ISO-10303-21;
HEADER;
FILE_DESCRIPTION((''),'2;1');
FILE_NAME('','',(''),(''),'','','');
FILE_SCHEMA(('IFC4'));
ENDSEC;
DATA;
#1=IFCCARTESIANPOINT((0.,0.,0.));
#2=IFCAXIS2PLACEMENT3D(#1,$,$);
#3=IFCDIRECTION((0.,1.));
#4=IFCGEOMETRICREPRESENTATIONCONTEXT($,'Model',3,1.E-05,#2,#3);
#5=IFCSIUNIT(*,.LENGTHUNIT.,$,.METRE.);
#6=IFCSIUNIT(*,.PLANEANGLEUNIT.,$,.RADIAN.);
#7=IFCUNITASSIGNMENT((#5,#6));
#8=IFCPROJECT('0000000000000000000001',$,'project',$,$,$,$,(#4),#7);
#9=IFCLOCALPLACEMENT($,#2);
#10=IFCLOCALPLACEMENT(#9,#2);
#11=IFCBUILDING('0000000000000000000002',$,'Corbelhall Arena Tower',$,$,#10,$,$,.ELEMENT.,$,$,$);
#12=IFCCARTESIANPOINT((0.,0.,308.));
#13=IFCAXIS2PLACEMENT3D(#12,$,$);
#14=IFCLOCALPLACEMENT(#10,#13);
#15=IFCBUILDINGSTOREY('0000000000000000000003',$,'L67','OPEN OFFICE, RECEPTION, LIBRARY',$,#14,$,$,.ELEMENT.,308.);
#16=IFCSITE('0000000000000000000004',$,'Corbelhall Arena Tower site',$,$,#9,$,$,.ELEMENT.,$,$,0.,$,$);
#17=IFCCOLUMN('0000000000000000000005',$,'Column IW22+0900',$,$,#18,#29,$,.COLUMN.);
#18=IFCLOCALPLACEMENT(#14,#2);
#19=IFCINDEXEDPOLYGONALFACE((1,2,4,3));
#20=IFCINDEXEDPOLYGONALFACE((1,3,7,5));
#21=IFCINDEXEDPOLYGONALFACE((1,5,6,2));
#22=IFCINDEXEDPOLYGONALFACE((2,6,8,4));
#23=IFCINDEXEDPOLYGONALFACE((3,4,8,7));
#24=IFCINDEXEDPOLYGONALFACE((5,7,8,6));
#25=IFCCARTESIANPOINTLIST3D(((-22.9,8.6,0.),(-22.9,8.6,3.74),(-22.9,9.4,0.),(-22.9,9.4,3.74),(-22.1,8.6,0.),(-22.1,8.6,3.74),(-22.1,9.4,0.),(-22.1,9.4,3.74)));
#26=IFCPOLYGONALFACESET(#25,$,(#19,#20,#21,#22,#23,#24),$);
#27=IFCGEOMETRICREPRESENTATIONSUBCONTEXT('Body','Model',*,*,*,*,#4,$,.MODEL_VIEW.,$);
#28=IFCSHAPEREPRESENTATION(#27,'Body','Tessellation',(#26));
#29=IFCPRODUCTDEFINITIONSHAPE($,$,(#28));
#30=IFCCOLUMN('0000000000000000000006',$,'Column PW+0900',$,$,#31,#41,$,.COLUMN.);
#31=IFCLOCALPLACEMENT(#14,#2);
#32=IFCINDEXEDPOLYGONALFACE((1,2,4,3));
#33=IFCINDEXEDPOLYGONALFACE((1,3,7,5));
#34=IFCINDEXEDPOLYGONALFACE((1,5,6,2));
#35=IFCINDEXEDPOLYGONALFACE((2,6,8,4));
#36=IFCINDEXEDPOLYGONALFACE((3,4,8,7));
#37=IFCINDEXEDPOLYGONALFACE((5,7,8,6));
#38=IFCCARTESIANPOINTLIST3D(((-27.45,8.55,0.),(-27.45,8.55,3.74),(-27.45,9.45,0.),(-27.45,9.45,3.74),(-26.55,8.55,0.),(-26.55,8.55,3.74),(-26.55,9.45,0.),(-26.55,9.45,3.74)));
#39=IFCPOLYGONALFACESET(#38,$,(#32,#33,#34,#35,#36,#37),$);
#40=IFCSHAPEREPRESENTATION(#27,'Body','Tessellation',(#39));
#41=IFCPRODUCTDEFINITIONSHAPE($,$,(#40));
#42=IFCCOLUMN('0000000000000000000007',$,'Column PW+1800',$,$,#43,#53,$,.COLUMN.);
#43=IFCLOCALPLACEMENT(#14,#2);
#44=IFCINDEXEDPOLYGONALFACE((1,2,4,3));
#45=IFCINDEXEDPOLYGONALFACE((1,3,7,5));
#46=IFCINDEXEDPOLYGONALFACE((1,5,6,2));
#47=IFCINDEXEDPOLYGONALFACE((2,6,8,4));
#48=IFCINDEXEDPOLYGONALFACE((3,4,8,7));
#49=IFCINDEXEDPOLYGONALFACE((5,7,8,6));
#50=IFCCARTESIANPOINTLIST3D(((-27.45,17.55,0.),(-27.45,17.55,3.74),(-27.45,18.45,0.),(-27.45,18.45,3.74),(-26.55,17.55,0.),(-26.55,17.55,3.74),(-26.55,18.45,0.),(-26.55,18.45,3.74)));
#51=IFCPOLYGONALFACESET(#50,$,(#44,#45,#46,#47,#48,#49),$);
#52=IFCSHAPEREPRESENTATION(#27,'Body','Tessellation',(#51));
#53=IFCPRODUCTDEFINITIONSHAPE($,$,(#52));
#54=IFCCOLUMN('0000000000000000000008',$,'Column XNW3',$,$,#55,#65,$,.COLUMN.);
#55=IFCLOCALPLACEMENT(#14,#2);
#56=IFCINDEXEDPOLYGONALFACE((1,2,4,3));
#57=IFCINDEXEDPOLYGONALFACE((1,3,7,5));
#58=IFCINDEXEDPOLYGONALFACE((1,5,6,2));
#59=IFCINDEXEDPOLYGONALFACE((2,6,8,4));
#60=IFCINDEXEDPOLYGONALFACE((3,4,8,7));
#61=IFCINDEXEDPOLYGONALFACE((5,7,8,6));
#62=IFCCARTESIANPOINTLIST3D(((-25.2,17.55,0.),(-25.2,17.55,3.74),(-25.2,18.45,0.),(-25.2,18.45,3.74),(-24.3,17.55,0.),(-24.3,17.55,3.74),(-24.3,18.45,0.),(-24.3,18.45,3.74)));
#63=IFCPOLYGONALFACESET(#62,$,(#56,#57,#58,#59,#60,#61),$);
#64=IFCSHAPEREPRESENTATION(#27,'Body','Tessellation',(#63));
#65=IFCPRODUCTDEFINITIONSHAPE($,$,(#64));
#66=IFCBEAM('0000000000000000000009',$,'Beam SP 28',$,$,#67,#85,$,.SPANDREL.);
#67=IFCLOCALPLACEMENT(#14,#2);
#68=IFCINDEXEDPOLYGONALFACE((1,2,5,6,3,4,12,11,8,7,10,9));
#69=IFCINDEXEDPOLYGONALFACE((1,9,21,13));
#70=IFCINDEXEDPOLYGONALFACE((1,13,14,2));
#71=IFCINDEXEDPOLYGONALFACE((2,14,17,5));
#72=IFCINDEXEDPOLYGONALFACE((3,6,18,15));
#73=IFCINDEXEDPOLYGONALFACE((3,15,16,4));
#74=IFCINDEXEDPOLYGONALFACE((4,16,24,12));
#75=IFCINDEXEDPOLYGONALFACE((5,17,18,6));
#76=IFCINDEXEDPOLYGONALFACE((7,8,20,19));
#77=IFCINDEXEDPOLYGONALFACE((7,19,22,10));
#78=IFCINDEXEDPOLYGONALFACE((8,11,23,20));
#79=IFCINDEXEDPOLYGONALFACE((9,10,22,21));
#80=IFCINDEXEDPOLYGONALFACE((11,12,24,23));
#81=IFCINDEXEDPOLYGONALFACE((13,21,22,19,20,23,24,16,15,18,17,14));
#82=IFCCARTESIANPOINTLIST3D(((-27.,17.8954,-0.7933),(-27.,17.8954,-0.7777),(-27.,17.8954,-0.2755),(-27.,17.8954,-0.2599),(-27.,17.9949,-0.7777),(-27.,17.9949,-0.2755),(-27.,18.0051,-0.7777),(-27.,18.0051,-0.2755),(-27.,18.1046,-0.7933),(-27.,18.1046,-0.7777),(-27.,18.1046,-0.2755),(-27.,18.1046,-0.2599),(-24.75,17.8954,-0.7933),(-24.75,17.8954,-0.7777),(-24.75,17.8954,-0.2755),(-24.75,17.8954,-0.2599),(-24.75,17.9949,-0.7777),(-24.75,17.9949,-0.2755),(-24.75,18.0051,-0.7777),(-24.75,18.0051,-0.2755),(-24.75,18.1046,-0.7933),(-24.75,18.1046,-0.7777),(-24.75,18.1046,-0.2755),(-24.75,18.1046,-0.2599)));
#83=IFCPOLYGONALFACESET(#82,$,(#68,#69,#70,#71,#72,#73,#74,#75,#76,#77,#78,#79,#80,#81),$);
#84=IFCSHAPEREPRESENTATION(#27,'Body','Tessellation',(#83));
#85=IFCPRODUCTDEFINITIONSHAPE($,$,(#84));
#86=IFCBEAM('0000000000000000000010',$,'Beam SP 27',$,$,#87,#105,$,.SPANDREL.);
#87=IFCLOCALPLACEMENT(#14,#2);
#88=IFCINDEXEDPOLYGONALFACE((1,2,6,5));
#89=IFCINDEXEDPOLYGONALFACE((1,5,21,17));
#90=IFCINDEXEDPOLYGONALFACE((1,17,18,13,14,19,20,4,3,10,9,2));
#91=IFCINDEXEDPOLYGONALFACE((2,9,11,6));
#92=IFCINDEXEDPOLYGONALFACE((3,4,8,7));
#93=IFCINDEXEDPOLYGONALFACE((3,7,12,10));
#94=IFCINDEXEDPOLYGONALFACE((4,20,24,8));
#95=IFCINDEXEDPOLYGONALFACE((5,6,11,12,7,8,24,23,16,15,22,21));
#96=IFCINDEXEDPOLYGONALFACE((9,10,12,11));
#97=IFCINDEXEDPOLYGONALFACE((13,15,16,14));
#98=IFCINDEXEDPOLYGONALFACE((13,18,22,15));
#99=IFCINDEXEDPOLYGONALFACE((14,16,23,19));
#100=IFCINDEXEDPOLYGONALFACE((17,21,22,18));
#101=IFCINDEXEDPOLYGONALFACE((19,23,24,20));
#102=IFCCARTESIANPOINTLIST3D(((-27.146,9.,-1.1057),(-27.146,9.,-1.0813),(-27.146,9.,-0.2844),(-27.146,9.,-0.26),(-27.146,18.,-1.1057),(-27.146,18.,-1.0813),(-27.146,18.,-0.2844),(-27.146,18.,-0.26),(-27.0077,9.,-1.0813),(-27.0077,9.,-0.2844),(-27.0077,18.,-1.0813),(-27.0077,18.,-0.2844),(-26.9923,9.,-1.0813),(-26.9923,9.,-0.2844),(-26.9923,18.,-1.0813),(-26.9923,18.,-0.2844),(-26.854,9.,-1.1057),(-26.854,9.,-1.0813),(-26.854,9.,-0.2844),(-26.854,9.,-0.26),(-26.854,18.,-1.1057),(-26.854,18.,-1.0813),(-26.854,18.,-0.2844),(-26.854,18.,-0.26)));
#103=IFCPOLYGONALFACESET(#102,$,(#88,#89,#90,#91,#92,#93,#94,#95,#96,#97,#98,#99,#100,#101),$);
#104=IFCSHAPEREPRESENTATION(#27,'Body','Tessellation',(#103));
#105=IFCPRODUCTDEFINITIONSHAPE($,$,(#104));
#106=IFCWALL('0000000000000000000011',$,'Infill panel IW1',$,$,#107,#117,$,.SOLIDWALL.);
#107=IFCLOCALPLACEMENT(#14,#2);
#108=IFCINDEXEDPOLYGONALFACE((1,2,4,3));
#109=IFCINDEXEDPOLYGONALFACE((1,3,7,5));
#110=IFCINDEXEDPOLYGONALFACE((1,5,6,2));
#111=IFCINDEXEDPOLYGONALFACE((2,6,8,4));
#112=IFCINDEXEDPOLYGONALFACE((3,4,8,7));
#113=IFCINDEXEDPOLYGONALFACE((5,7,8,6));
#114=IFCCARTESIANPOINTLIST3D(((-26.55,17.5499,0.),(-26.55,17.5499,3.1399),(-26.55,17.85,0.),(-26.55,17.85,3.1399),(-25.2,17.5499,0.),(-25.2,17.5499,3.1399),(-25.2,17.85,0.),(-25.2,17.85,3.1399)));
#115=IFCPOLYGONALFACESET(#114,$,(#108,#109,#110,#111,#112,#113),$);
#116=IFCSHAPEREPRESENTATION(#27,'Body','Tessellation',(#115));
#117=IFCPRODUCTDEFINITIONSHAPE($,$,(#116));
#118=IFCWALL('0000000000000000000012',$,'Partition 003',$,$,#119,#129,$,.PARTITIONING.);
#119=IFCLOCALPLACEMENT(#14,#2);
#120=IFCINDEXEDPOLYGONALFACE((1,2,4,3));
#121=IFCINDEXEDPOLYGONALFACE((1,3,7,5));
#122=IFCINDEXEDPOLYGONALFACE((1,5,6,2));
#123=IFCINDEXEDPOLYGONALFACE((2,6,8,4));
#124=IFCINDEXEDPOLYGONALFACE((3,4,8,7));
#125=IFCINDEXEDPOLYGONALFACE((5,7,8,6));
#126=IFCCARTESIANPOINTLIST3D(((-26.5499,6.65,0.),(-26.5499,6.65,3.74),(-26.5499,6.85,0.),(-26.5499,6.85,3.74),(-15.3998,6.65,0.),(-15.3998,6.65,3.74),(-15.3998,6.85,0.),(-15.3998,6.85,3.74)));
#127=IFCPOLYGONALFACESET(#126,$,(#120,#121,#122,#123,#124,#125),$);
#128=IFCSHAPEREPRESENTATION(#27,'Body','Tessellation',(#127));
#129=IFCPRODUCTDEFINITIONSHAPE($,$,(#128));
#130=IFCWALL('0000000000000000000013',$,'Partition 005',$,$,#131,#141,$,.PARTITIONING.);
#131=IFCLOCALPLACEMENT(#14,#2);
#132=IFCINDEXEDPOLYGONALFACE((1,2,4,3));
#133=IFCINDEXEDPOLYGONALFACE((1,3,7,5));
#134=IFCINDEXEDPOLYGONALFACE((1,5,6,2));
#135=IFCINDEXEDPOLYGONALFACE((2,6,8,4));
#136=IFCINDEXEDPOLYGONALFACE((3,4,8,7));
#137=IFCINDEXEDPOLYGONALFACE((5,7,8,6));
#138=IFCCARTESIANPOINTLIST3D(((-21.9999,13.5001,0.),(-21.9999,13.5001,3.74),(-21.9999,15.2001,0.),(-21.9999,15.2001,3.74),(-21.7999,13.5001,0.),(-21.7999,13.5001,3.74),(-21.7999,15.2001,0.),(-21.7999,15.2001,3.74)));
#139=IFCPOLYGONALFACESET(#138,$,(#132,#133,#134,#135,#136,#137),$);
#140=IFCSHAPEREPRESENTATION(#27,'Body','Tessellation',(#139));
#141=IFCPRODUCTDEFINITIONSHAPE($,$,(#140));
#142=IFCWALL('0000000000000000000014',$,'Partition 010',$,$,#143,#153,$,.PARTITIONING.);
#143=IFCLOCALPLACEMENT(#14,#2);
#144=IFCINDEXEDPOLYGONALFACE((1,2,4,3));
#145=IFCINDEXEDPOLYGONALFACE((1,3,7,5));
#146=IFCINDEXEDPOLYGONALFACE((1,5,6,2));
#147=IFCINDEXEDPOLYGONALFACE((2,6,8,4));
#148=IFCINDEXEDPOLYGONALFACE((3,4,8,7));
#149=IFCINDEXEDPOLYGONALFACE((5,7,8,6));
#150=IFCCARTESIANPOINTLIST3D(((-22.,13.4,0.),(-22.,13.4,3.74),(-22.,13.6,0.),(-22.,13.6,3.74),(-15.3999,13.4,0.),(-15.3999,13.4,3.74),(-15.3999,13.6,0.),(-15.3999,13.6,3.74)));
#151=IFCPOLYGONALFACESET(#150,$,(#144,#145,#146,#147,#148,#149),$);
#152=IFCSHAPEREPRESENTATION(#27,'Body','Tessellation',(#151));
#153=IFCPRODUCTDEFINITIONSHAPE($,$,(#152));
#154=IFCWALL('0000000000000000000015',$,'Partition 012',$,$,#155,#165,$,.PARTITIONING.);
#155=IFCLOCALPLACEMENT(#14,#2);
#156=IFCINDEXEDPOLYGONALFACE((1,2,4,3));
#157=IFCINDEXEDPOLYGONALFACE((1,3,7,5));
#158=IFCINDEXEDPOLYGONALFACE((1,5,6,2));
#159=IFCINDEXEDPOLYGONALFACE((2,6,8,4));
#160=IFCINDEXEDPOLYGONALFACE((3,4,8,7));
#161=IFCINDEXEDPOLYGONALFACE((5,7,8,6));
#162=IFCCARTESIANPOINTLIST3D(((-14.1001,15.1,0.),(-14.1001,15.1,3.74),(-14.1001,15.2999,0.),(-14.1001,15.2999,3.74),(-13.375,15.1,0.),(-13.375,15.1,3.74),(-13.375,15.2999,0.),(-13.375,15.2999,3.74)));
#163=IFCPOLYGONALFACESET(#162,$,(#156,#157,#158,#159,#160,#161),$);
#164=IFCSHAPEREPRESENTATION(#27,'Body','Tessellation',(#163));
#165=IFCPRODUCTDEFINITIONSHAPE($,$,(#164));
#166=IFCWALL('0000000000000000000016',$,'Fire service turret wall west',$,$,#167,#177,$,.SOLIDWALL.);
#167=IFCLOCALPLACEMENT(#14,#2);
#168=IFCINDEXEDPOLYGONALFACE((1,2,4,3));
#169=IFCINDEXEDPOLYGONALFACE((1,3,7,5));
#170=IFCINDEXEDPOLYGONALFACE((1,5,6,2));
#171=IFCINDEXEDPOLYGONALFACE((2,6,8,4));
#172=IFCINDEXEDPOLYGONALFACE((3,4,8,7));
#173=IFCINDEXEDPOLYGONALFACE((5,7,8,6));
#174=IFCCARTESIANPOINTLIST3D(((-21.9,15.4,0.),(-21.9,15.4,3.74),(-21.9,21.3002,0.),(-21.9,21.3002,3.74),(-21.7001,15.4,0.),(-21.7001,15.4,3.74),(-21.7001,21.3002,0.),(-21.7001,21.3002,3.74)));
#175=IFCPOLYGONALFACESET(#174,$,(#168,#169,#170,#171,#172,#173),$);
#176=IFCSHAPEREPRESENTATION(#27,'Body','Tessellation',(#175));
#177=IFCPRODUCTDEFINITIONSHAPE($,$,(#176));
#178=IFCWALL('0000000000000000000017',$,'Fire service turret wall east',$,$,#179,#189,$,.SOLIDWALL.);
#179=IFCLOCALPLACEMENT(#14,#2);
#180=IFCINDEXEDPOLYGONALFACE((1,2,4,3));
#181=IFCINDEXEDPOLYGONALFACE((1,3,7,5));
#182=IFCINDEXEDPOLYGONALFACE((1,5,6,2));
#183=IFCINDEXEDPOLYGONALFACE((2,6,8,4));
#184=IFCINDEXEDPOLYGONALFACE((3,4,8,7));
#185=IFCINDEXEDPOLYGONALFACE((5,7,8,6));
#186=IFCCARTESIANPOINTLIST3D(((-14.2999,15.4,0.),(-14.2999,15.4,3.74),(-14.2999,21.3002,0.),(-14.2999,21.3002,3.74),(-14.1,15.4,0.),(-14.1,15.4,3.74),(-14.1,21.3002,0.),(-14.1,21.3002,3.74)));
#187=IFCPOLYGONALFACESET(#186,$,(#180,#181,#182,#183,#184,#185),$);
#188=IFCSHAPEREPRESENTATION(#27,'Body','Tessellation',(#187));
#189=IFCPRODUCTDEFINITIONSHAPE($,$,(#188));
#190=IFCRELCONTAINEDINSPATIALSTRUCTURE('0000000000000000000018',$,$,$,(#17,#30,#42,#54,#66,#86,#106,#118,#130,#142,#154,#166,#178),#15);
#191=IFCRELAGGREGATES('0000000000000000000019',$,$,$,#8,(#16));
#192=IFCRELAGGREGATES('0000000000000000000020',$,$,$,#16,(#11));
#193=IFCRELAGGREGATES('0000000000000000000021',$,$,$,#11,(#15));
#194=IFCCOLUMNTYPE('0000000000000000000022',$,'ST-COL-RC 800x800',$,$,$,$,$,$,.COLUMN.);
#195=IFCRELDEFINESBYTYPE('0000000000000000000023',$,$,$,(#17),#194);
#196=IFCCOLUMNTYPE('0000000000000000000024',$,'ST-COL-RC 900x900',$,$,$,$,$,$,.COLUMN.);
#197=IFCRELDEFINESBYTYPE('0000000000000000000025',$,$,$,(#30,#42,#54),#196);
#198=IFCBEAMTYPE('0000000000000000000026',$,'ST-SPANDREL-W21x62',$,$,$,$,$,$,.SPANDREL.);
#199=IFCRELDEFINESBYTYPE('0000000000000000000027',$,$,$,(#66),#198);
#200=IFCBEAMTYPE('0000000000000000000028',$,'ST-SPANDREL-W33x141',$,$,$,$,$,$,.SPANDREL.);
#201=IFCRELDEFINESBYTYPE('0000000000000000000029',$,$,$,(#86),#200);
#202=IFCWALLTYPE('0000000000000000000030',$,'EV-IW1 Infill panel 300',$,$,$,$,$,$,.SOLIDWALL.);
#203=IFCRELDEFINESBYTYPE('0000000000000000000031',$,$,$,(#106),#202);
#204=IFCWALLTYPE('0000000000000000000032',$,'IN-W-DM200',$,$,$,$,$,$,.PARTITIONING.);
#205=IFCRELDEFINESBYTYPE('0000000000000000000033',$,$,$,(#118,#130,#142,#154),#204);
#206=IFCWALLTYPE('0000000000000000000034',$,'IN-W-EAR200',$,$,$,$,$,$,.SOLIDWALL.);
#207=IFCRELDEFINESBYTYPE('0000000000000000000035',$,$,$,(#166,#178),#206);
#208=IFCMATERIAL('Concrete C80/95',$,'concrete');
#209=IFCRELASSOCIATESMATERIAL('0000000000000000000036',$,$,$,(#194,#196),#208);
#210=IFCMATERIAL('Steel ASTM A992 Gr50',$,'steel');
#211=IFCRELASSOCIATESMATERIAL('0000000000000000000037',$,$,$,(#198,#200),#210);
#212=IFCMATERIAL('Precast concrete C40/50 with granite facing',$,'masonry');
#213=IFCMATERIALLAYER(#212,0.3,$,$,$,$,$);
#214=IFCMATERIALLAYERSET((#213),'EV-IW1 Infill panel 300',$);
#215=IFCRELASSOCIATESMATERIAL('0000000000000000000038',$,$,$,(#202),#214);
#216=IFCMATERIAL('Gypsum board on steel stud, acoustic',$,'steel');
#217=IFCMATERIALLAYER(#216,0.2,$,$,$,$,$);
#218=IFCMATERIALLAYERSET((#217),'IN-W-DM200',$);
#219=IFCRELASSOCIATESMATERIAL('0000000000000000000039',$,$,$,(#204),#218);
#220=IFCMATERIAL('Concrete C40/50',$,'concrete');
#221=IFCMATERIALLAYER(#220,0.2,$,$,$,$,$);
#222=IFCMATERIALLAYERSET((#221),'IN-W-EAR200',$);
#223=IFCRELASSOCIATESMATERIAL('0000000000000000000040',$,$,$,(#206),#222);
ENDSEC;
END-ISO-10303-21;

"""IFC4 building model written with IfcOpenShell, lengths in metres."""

from ifc_helpers import new_model, si_unit, direction, frame, frame_2d, origin, origin_2d, place, context, subcontext, project, spatial, rectangle, i_section, extrude, material, layer, layer_set, material_profile, profile_set, type_object, element, save


model = new_model("IFC4")

# Units and contexts
model_context = context("Model", 3, precision=1e-05, world=origin(), true_north=direction((0.0, 1.0)))
body_context = subcontext(model_context, "Body", "Model", "MODEL_VIEW")
ifc_project = project(units=[si_unit("LENGTHUNIT", "METRE"), si_unit("PLANEANGLEUNIT", "RADIAN")], contexts=[model_context])

# Site, building, storey
site_placement = place(None, origin())
site = spatial("IfcSite", under=ifc_project, at=site_placement, Name="Corbelhall Arena Tower site", CompositionType="ELEMENT", RefElevation=0.0)
building_placement = place(site_placement, origin())
building = spatial("IfcBuilding", under=site, at=building_placement, Name="Corbelhall Arena Tower", CompositionType="ELEMENT")
storey_placement = place(building_placement, frame((0.0, 0.0, 308.0)))
storey = spatial("IfcBuildingStorey", under=building, at=storey_placement, Name="L67", Description="OPEN OFFICE, RECEPTION, LIBRARY", CompositionType="ELEMENT", Elevation=308.0)

# Columns
ifc_material_1 = material(Name="Concrete C80/95", Category="concrete")
ifc_material_profile_1 = material_profile(ifc_material_1, rectangle(XDim=0.8, YDim=0.8, at=origin_2d()))
ifc_profile_set_1 = profile_set([ifc_material_profile_1], Name="Concrete C80/95")
column_type_1 = type_object("IfcColumnType", Name="ST-COL-RC 800x800", PredefinedType="COLUMN", material=ifc_profile_set_1)
column_placement = place(storey_placement, frame((-22.5, 9.0, 0.0), z_axis=(0.0, 0.0, 1.0), x_axis=(1.0, 0.0, 0.0)))
element("IfcColumn", 1, at=column_placement, inside=storey, type_object=column_type_1, Name="Column IW22+0900", PredefinedType="COLUMN", context=body_context, shape_type="SweptSolid", body=[
    extrude(rectangle(XDim=0.8, YDim=0.8, at=origin_2d()), origin(), (0.0, 0.0, 1.0), 3.74),
])
ifc_material_profile_2 = material_profile(ifc_material_1, rectangle(XDim=0.8999, YDim=0.8999, at=origin_2d()))
ifc_profile_set_2 = profile_set([ifc_material_profile_2], Name="Concrete C80/95")
column_type_2 = type_object("IfcColumnType", Name="ST-COL-RC 900x900", PredefinedType="COLUMN", material=ifc_profile_set_2)
for number, where, z_axis, x_axis, name in (
    (2, (-27.0, 9.0, 0.0), (0.0, 0.0, 1.0), (0.0, 1.0, 0.0), "Column PW+0900"),
    (3, (-27.0, 18.0, 0.0), (0.0, 0.0, 1.0), (0.0, 1.0, 0.0), "Column PW+1800"),
    (4, (-24.75, 18.0, 0.0), (0.0, 0.0, 1.0), (1.0, 0.0, 0.0), "Column XNW3"),
):
    element("IfcColumn", number, at=place(storey_placement, frame(where, z_axis=z_axis, x_axis=x_axis)), inside=storey, type_object=column_type_2, Name=name, PredefinedType="COLUMN", context=body_context, shape_type="SweptSolid", body=[
        extrude(rectangle(XDim=0.8999, YDim=0.8999, at=origin_2d()), origin(), (0.0, 0.0, 1.0), 3.74),
    ])

# Beams
ifc_material_2 = material(Name="Steel ASTM A992 Gr50", Category="steel")
ifc_material_profile_3 = material_profile(ifc_material_2, i_section(OverallWidth=0.2092, OverallDepth=0.5334, WebThickness=0.0103, FlangeThickness=0.0156, at=origin_2d()))
ifc_profile_set_3 = profile_set([ifc_material_profile_3], Name="Steel ASTM A992 Gr50")
beam_type_1 = type_object("IfcBeamType", Name="ST-SPANDREL-W21x62", PredefinedType="SPANDREL", material=ifc_profile_set_3)
beam_1_placement = place(storey_placement, frame((-27.0, 18.0, -0.5266), z_axis=(1.0, 0.0, 0.0), x_axis=(0.0, 1.0, 0.0)))
element("IfcBeam", 5, at=beam_1_placement, inside=storey, type_object=beam_type_1, Name="Beam SP 28", PredefinedType="SPANDREL", context=body_context, shape_type="SweptSolid", body=[
    extrude(i_section(OverallWidth=0.2092, OverallDepth=0.5334, WebThickness=0.0103, FlangeThickness=0.0156, at=origin_2d()), origin(), (0.0, 0.0, 1.0), 2.25),
])
ifc_material_profile_4 = material_profile(ifc_material_2, i_section(OverallWidth=0.292, OverallDepth=0.8457, WebThickness=0.0154, FlangeThickness=0.0244, at=origin_2d()))
ifc_profile_set_4 = profile_set([ifc_material_profile_4], Name="Steel ASTM A992 Gr50")
beam_type_2 = type_object("IfcBeamType", Name="ST-SPANDREL-W33x141", PredefinedType="SPANDREL", material=ifc_profile_set_4)
beam_2_placement = place(storey_placement, frame((-27.0, 9.0, -0.6829), z_axis=(0.0, 1.0, 0.0), x_axis=(-1.0, 0.0, 0.0)))
element("IfcBeam", 6, at=beam_2_placement, inside=storey, type_object=beam_type_2, Name="Beam SP 27", PredefinedType="SPANDREL", context=body_context, shape_type="SweptSolid", body=[
    extrude(i_section(OverallWidth=0.292, OverallDepth=0.8457, WebThickness=0.0154, FlangeThickness=0.0244, at=origin_2d()), origin(), (0.0, 0.0, 1.0), 9.0),
])

# Wall
ifc_material_3 = material(Name="Precast concrete C40/50 with granite facing", Category="masonry")
ifc_layer_1 = layer(ifc_material_3, 0.3)
ifc_layer_set_1 = layer_set([ifc_layer_1], Name="EV-IW1 Infill panel 300")
wall_type_1 = type_object("IfcWallType", Name="EV-IW1 Infill panel 300", PredefinedType="SOLIDWALL", material=ifc_layer_set_1)
wall_1_placement = place(storey_placement, frame((-25.2, 17.7, 0.0), z_axis=(0.0, 0.0, 1.0), x_axis=(-1.0, 0.0, 0.0)))
element("IfcWall", 7, at=wall_1_placement, inside=storey, type_object=wall_type_1, Name="Infill panel IW1", PredefinedType="SOLIDWALL", context=body_context, shape_type="SweptSolid", body=[
    extrude(rectangle(XDim=1.3501, YDim=0.3, at=frame_2d((0.675, 0.0))), origin(), (0.0, 0.0, 1.0), 3.1399),
])

# Walls
ifc_material_4 = material(Name="Gypsum board on steel stud, acoustic", Category="steel")
ifc_layer_2 = layer(ifc_material_4, 0.2)
ifc_layer_set_2 = layer_set([ifc_layer_2], Name="IN-W-DM200")
wall_type_2 = type_object("IfcWallType", Name="IN-W-DM200", PredefinedType="PARTITIONING", material=ifc_layer_set_2)
wall_2_placement = place(storey_placement, frame((-26.55, 6.75, 0.0), z_axis=(0.0, 0.0, 1.0), x_axis=(1.0, 0.0, 0.0)))
element("IfcWall", 8, at=wall_2_placement, inside=storey, type_object=wall_type_2, Name="Partition 003", PredefinedType="PARTITIONING", context=body_context, shape_type="SweptSolid", body=[
    extrude(rectangle(XDim=11.1501, YDim=0.2, at=frame_2d((5.5752, 0.0))), origin(), (0.0, 0.0, 1.0), 3.74),
])
wall_3_placement = place(storey_placement, frame((-21.8999, 13.5, 0.0), z_axis=(0.0, 0.0, 1.0), x_axis=(0.0, 1.0, 0.0)))
element("IfcWall", 9, at=wall_3_placement, inside=storey, type_object=wall_type_2, Name="Partition 005", PredefinedType="PARTITIONING", context=body_context, shape_type="SweptSolid", body=[
    extrude(rectangle(XDim=1.7, YDim=0.2, at=frame_2d((0.8501, 0.0))), origin(), (0.0, 0.0, 1.0), 3.74),
])
wall_4_placement = place(storey_placement, frame((-15.3999, 13.5, 0.0), z_axis=(0.0, 0.0, 1.0), x_axis=(-1.0, 0.0, 0.0)))
element("IfcWall", 10, at=wall_4_placement, inside=storey, type_object=wall_type_2, Name="Partition 010", PredefinedType="PARTITIONING", context=body_context, shape_type="SweptSolid", body=[
    extrude(rectangle(XDim=6.6001, YDim=0.2, at=frame_2d((3.3, 0.0))), origin(), (0.0, 0.0, 1.0), 3.74),
])
wall_5_placement = place(storey_placement, frame((-14.1001, 15.2, 0.0), z_axis=(0.0, 0.0, 1.0), x_axis=(1.0, 0.0, 0.0)))
element("IfcWall", 11, at=wall_5_placement, inside=storey, type_object=wall_type_2, Name="Partition 012", PredefinedType="PARTITIONING", context=body_context, shape_type="SweptSolid", body=[
    extrude(rectangle(XDim=0.7251, YDim=0.2, at=frame_2d((0.3625, 0.0))), origin(), (0.0, 0.0, 1.0), 3.74),
])

# Shared definitions
ifc_material_5 = material(Name="Concrete C40/50", Category="concrete")
ifc_layer_3 = layer(ifc_material_5, 0.2)
ifc_layer_set_3 = layer_set([ifc_layer_3], Name="IN-W-EAR200")
wall_type_3 = type_object("IfcWallType", Name="IN-W-EAR200", PredefinedType="SOLIDWALL", material=ifc_layer_set_3)

# Walls
for number, where, z_axis, x_axis, name in (
    (12, (-21.8, 15.3999, 0.0), (0.0, 0.0, 1.0), (0.0, 1.0, 0.0), "Fire service turret wall west"),
    (13, (-14.2, 15.3999, 0.0), (0.0, 0.0, 1.0), (0.0, 1.0, 0.0), "Fire service turret wall east"),
):
    element("IfcWall", number, at=place(storey_placement, frame(where, z_axis=z_axis, x_axis=x_axis)), inside=storey, type_object=wall_type_3, Name=name, PredefinedType="SOLIDWALL", context=body_context, shape_type="SweptSolid", body=[
        extrude(rectangle(XDim=5.9001, YDim=0.2, at=frame_2d((2.9502, 0.0))), origin(), (0.0, 0.0, 1.0), 3.74),
    ])

save(model, "model.ifc")
